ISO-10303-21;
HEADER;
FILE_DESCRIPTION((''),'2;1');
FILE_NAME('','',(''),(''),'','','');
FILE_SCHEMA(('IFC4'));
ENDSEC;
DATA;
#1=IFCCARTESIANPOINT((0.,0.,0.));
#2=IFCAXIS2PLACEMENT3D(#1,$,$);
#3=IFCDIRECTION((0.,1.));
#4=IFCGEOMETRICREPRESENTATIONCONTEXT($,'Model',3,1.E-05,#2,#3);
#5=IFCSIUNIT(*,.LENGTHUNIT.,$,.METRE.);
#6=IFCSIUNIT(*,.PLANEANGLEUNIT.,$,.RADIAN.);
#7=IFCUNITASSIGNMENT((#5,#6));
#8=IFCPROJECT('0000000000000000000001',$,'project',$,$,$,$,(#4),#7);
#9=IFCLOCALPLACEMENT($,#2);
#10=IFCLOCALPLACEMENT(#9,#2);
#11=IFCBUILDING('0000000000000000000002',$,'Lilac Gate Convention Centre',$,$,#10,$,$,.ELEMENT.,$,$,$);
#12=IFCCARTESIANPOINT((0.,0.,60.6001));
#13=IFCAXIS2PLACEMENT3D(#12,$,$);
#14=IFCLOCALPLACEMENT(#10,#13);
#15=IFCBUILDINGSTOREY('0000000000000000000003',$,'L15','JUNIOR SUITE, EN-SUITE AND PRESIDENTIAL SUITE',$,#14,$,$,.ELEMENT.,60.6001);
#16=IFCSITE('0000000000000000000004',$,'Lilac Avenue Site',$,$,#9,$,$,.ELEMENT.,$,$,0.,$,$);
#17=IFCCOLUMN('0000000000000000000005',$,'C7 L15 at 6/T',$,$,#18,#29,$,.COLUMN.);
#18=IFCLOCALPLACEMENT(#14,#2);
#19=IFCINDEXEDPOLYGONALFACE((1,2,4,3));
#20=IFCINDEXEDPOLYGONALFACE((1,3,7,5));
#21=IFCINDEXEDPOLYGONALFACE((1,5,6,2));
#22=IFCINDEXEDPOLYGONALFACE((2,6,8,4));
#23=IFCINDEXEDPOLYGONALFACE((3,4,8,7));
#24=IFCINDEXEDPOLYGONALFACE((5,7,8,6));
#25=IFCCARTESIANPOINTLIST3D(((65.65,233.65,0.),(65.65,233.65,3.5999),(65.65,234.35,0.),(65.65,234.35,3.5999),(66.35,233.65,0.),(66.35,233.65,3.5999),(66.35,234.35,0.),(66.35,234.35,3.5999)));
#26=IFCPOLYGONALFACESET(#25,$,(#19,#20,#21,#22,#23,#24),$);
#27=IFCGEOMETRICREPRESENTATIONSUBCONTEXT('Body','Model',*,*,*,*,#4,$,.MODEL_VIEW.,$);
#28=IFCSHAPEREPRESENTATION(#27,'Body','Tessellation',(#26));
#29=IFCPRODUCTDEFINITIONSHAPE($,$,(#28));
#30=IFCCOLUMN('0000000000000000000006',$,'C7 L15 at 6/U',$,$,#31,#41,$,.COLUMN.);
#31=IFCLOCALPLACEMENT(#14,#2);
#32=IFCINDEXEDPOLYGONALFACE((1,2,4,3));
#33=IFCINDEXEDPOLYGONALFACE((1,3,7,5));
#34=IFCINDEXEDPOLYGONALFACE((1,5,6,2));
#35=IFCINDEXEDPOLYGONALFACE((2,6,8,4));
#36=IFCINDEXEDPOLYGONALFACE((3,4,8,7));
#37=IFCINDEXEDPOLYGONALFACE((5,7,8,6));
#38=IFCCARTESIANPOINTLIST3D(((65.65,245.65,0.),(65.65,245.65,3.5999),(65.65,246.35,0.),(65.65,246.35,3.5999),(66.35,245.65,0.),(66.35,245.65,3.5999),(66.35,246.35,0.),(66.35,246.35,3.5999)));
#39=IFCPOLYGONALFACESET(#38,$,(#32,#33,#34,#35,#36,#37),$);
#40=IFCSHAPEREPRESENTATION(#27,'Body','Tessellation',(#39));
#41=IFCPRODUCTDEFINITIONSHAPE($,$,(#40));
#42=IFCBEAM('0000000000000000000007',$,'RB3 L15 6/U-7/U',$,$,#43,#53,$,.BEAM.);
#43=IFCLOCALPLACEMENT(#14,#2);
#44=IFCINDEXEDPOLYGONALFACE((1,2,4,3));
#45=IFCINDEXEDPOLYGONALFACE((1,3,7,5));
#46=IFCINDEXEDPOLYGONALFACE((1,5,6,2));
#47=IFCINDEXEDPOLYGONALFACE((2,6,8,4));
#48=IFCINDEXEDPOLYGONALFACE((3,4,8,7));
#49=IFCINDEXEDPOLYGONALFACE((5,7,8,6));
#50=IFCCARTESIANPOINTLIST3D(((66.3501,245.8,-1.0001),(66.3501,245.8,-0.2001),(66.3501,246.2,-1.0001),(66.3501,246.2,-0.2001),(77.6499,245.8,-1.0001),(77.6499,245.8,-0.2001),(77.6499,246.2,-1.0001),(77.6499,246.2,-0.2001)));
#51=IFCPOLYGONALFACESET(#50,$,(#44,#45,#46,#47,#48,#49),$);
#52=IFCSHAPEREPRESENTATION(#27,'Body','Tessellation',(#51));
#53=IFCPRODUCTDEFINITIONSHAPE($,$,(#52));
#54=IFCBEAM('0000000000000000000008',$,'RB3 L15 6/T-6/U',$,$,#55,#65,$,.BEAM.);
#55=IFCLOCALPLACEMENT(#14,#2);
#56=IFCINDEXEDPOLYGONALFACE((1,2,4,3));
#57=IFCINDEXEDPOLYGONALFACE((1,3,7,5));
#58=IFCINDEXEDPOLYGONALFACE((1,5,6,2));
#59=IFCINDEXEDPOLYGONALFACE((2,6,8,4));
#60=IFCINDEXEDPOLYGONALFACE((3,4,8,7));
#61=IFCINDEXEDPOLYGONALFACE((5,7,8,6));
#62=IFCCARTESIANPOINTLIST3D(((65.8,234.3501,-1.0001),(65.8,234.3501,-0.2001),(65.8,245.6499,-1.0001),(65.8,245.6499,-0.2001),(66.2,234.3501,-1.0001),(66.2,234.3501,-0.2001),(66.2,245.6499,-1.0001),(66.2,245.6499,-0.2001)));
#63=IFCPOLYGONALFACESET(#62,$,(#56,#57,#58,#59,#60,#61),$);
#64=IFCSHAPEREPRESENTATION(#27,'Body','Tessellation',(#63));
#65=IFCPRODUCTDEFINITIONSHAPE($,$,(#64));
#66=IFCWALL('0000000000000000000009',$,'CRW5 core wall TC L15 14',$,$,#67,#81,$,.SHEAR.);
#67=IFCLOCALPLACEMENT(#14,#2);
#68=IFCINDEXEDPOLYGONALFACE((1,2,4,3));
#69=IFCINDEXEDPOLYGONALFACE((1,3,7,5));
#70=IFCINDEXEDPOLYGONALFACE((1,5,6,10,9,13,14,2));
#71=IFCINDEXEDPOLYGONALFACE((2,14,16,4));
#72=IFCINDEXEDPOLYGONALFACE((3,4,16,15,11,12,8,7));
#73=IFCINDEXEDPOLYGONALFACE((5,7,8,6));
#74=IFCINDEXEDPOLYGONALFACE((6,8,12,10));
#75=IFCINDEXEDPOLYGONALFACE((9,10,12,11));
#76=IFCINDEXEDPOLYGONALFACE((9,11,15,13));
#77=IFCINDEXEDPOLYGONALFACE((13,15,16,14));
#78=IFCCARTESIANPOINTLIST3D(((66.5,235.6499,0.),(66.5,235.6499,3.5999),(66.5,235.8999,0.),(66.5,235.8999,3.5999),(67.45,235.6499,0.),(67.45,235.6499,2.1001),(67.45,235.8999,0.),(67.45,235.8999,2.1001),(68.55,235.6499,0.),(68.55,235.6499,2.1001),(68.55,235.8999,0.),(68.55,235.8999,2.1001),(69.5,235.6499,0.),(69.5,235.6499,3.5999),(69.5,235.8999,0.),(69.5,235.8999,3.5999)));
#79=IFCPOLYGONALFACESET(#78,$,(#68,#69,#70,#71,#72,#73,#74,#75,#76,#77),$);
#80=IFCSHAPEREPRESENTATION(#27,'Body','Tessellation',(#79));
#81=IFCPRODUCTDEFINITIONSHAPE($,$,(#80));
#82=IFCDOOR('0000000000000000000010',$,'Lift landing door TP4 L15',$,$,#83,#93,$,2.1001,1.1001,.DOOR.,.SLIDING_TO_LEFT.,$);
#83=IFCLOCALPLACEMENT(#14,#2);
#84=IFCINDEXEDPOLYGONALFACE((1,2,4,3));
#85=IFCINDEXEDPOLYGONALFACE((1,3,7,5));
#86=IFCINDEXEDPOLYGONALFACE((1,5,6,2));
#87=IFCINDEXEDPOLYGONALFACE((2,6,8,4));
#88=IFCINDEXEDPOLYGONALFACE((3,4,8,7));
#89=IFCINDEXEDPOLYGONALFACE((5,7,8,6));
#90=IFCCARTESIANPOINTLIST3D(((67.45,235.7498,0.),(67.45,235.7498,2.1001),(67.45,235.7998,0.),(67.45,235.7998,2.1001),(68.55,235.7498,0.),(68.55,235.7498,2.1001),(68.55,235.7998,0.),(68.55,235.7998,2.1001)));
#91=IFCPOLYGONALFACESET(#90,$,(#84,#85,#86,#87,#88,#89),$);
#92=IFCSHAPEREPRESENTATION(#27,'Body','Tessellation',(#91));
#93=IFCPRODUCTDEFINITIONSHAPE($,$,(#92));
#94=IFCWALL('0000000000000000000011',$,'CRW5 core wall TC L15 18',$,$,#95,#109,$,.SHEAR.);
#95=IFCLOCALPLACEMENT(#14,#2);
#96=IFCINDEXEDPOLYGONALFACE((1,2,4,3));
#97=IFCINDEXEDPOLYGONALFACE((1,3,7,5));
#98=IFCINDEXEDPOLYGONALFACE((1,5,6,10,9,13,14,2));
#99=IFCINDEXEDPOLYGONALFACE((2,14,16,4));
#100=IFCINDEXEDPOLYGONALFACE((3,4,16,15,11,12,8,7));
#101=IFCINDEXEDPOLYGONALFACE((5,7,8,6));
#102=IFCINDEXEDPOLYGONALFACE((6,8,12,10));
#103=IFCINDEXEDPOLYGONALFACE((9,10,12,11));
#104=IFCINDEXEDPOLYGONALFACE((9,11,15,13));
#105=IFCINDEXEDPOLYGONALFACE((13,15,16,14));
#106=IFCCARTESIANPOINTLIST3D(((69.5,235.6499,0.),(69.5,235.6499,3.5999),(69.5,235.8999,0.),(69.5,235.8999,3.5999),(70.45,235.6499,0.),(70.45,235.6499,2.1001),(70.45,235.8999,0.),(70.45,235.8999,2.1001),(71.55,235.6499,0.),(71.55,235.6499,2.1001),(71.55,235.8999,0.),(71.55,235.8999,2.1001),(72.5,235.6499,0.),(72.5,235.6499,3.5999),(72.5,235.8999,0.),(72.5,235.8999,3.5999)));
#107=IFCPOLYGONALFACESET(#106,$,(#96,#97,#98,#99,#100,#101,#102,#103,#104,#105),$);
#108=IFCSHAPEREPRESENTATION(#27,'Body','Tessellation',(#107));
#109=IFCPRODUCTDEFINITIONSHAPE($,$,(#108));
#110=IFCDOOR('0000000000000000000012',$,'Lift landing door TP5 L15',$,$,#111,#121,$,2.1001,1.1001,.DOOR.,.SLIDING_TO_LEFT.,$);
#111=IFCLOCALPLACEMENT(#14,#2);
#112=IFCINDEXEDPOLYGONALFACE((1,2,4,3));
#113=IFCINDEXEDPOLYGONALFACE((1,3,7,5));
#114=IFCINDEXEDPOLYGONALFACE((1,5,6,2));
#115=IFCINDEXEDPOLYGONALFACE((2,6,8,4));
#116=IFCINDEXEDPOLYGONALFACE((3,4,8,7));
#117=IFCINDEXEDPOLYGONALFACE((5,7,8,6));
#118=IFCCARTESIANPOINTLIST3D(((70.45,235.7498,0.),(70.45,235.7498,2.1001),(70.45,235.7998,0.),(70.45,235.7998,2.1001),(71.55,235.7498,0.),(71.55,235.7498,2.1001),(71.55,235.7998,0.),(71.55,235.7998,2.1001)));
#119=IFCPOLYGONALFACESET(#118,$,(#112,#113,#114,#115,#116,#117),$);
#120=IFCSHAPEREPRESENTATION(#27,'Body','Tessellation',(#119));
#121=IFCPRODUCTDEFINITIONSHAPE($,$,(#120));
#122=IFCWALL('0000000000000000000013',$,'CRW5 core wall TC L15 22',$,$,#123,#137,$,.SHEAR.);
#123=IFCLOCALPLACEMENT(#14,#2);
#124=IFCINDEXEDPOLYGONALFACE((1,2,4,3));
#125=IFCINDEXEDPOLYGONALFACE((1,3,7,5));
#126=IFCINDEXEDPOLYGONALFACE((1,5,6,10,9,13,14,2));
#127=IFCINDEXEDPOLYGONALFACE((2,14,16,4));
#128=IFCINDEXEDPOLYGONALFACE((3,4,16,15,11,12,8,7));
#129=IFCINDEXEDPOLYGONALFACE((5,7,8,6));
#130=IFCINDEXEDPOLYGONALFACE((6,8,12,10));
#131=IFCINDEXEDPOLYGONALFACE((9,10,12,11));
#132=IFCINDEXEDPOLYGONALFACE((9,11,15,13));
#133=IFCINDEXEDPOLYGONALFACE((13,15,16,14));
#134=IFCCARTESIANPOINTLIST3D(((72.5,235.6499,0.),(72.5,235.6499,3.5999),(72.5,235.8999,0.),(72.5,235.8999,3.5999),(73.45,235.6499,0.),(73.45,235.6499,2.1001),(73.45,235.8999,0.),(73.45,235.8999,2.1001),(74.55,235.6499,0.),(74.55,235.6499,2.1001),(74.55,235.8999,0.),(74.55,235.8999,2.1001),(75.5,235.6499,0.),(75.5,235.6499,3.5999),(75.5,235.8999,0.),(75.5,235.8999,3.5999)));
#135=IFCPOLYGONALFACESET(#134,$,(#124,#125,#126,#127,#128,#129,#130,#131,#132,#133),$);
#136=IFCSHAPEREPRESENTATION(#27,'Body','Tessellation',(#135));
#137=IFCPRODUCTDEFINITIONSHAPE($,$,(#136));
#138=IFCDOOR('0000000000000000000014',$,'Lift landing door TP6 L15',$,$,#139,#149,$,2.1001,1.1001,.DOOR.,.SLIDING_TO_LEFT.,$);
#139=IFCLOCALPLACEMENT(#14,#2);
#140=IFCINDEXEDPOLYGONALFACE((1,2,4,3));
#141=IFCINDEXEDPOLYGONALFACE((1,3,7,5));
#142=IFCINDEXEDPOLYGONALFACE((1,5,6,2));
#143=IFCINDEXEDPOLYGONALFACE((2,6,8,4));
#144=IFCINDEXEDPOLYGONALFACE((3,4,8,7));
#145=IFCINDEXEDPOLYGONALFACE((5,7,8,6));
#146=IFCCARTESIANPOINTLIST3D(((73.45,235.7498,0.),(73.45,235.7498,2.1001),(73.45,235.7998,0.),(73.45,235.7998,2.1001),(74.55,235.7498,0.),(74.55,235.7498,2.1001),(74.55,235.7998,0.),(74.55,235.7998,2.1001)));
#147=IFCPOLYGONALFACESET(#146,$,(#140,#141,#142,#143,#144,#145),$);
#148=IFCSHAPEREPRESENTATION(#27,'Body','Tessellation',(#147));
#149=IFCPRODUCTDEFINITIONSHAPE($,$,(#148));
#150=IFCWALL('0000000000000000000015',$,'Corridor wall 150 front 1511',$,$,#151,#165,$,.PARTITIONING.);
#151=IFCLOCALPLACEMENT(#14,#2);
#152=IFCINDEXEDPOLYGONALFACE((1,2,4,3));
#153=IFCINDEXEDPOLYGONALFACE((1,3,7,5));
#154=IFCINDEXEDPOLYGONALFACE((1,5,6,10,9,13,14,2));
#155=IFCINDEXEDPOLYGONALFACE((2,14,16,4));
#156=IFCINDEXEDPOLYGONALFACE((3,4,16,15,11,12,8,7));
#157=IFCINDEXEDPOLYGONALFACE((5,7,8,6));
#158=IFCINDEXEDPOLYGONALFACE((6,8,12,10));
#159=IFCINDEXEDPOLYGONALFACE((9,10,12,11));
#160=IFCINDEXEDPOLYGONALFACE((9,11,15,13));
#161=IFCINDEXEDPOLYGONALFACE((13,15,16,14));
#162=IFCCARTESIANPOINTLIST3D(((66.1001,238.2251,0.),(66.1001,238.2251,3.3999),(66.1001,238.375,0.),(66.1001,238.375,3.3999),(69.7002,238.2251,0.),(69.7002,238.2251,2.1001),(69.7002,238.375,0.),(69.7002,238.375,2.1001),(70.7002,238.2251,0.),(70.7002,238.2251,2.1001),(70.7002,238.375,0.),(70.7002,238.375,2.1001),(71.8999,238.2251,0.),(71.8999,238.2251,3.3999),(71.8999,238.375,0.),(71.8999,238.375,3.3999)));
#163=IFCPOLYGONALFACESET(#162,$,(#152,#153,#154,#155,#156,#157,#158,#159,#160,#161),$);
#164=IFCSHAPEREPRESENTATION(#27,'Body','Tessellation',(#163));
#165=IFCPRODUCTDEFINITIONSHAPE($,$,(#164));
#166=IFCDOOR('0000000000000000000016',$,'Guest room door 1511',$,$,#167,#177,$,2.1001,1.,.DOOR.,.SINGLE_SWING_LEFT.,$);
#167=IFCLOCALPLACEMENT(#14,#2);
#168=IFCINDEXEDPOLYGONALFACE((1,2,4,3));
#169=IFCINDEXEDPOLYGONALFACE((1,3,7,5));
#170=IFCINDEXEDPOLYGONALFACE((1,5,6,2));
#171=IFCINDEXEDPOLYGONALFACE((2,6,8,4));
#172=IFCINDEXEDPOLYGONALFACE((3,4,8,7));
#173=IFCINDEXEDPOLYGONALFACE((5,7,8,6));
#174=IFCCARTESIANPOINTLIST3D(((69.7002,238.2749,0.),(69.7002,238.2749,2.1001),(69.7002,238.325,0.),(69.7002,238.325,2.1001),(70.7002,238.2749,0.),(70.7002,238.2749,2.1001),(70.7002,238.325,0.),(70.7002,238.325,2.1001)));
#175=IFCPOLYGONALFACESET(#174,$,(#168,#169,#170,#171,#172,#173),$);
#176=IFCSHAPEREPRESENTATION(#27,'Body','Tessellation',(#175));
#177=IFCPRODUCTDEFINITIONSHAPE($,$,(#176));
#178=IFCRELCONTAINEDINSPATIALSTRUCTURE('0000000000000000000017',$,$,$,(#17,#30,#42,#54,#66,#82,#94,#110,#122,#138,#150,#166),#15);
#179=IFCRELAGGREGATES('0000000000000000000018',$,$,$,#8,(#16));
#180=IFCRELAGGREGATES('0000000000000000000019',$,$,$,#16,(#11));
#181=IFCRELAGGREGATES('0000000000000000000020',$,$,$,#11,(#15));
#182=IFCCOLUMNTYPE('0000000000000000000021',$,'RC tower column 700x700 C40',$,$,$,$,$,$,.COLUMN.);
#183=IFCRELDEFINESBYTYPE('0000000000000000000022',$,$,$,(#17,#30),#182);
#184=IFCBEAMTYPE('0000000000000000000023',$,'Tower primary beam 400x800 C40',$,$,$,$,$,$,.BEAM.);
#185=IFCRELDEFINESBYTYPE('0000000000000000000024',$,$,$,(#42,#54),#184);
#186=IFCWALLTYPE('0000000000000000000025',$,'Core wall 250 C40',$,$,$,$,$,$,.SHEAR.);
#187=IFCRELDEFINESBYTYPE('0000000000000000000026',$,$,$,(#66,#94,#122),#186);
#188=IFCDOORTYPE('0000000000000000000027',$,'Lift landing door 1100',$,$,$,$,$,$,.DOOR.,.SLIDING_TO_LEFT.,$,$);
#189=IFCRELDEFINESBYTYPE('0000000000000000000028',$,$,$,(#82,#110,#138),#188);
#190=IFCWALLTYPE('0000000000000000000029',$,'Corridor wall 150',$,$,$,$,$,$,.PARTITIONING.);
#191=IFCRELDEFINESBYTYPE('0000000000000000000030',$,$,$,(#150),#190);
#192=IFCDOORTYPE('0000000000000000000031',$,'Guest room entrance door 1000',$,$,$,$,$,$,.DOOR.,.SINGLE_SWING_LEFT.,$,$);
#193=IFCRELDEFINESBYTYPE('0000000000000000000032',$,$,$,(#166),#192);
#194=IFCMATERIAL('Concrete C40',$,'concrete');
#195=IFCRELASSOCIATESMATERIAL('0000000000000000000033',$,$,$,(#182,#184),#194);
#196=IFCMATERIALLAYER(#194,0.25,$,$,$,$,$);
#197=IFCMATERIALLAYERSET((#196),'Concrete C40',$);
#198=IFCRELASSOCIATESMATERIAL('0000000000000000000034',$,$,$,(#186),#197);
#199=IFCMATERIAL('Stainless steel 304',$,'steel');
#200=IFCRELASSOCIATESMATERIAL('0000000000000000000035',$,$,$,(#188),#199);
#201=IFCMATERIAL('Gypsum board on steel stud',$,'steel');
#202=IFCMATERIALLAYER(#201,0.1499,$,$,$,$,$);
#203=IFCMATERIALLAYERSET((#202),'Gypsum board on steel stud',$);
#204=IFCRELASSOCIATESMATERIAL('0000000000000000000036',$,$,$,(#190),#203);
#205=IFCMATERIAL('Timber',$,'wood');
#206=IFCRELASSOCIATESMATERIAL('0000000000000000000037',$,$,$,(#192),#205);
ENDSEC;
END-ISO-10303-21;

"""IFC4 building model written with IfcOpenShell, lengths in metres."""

from ifc_helpers import new_model, si_unit, direction, frame, frame_2d, origin, origin_2d, place, context, subcontext, project, spatial, rectangle, extrude, material, layer, layer_set, material_profile, profile_set, type_object, element, fill, save


model = new_model("IFC4")

# Units and contexts
model_context = context("Model", 3, precision=1e-05, world=origin(), true_north=direction((0.0, 1.0)))
body_context = subcontext(model_context, "Body", "Model", "MODEL_VIEW")
ifc_project = project(units=[si_unit("LENGTHUNIT", "METRE"), si_unit("PLANEANGLEUNIT", "RADIAN")], contexts=[model_context])

# Site, building, storey
site_placement = place(None, origin())
site = spatial("IfcSite", under=ifc_project, at=site_placement, Name="Lilac Avenue Site", CompositionType="ELEMENT", RefElevation=0.0)
building_placement = place(site_placement, origin())
building = spatial("IfcBuilding", under=site, at=building_placement, Name="Lilac Gate Convention Centre", CompositionType="ELEMENT")
storey_placement = place(building_placement, frame((0.0, 0.0, 60.6001)))
storey = spatial("IfcBuildingStorey", under=building, at=storey_placement, Name="L15", Description="JUNIOR SUITE, EN-SUITE AND PRESIDENTIAL SUITE", CompositionType="ELEMENT", Elevation=60.6001)

# Columns
ifc_material_1 = material(Name="Concrete C40", Category="concrete")
ifc_material_profile_1 = material_profile(ifc_material_1, rectangle(XDim=0.7, YDim=0.7, at=origin_2d()), Name="RC 700x700")
ifc_profile_set_1 = profile_set([ifc_material_profile_1], Name="Concrete C40")
column_type = type_object("IfcColumnType", Name="RC tower column 700x700 C40", PredefinedType="COLUMN", material=ifc_profile_set_1)
for number, where, z_axis, x_axis, name in (
    (1, (66.0, 234.0, 0.0), (0.0, 0.0, 1.0), (1.0, 0.0, 0.0), "C7 L15 at 6/T"),
    (2, (66.0, 246.0, 0.0), (0.0, 0.0, 1.0), (1.0, 0.0, 0.0), "C7 L15 at 6/U"),
):
    element("IfcColumn", number, at=place(storey_placement, frame(where, z_axis=z_axis, x_axis=x_axis)), inside=storey, type_object=column_type, Name=name, PredefinedType="COLUMN", context=body_context, shape_type="SweptSolid", body=[
        extrude(rectangle(XDim=0.7, YDim=0.7, at=origin_2d()), origin(), (0.0, 0.0, 1.0), 3.5999),
    ])

# Beams
ifc_material_profile_2 = material_profile(ifc_material_1, rectangle(XDim=0.3999, YDim=0.8, at=origin_2d()), Name="RC 400x800")
ifc_profile_set_2 = profile_set([ifc_material_profile_2], Name="Concrete C40")
beam_type = type_object("IfcBeamType", Name="Tower primary beam 400x800 C40", PredefinedType="BEAM", material=ifc_profile_set_2)
for number, where, z_axis, x_axis, name in (
    (3, (66.3501, 246.0, -0.6001), (1.0, 0.0, 0.0), (0.0, 1.0, 0.0), "RB3 L15 6/U-7/U"),
    (4, (66.0, 234.3501, -0.6001), (0.0, 1.0, 0.0), (-1.0, 0.0, 0.0), "RB3 L15 6/T-6/U"),
):
    element("IfcBeam", number, at=place(storey_placement, frame(where, z_axis=z_axis, x_axis=x_axis)), inside=storey, type_object=beam_type, Name=name, PredefinedType="BEAM", context=body_context, shape_type="SweptSolid", body=[
        extrude(rectangle(XDim=0.3999, YDim=0.8, at=origin_2d()), origin(), (0.0, 0.0, 1.0), 11.2998),
    ])

# Walls, openings, doors
ifc_layer_1 = layer(ifc_material_1, 0.25)
ifc_layer_set_1 = layer_set([ifc_layer_1], Name="Concrete C40")
wall_type_1 = type_object("IfcWallType", Name="Core wall 250 C40", PredefinedType="SHEAR", material=ifc_layer_set_1)
wall_1_placement = place(storey_placement, frame((66.5, 235.7749, 0.0), z_axis=(0.0, 0.0, 1.0), x_axis=(1.0, 0.0, 0.0)))
wall_1 = element("IfcWall", 5, at=wall_1_placement, inside=storey, type_object=wall_type_1, Name="CRW5 core wall TC L15 14", PredefinedType="SHEAR", context=body_context, shape_type="SweptSolid", body=[
    extrude(rectangle(XDim=3.0, YDim=0.25, at=frame_2d((1.5, 0.0))), origin(), (0.0, 0.0, 1.0), 3.5999),
])
opening_1_placement = place(wall_1_placement, frame((0.95, 0.0, 0.0)))
opening_1 = element("IfcOpeningElement", 6, at=opening_1_placement, cuts=wall_1, PredefinedType="OPENING", context=body_context, shape_type="SweptSolid", body=[
    extrude(rectangle(XDim=1.1001, YDim=2.1001, at=frame_2d((0.55, 1.05))), frame((0.0, 0.135, 0.0), z_axis=(0.0, -1.0, 0.0), x_axis=(1.0, 0.0, 0.0)), (0.0, 0.0, 1.0), 0.27),
])
ifc_material_2 = material(Name="Stainless steel 304", Category="steel")
door_type_1 = type_object("IfcDoorType", Name="Lift landing door 1100", OperationType="SLIDING_TO_LEFT", PredefinedType="DOOR", material=ifc_material_2)
door_1_placement = place(opening_1_placement, origin())
door_1 = element("IfcDoor", 7, at=door_1_placement, inside=storey, type_object=door_type_1, Name="Lift landing door TP4 L15", OperationType="SLIDING_TO_LEFT", OverallHeight=2.1001, OverallWidth=1.1001, PredefinedType="DOOR", context=body_context, shape_type="SweptSolid", body=[
    extrude(rectangle(XDim=1.1001, YDim=2.1001, at=frame_2d((0.55, 1.05))), frame((0.0, 0.0249, 0.0), z_axis=(0.0, -1.0, 0.0), x_axis=(1.0, 0.0, 0.0)), (0.0, 0.0, 1.0), 0.05),
])
fill(opening_1, door_1)
wall_2_placement = place(storey_placement, frame((69.5, 235.7749, 0.0), z_axis=(0.0, 0.0, 1.0), x_axis=(1.0, 0.0, 0.0)))
wall_2 = element("IfcWall", 8, at=wall_2_placement, inside=storey, type_object=wall_type_1, Name="CRW5 core wall TC L15 18", PredefinedType="SHEAR", context=body_context, shape_type="SweptSolid", body=[
    extrude(rectangle(XDim=3.0, YDim=0.25, at=frame_2d((1.5, 0.0))), origin(), (0.0, 0.0, 1.0), 3.5999),
])
opening_2_placement = place(wall_2_placement, frame((0.95, 0.0, 0.0)))
opening_2 = element("IfcOpeningElement", 9, at=opening_2_placement, cuts=wall_2, PredefinedType="OPENING", context=body_context, shape_type="SweptSolid", body=[
    extrude(rectangle(XDim=1.1001, YDim=2.1001, at=frame_2d((0.55, 1.05))), frame((0.0, 0.135, 0.0), z_axis=(0.0, -1.0, 0.0), x_axis=(1.0, 0.0, 0.0)), (0.0, 0.0, 1.0), 0.27),
])
door_2_placement = place(opening_2_placement, origin())
door_2 = element("IfcDoor", 10, at=door_2_placement, inside=storey, type_object=door_type_1, Name="Lift landing door TP5 L15", OperationType="SLIDING_TO_LEFT", OverallHeight=2.1001, OverallWidth=1.1001, PredefinedType="DOOR", context=body_context, shape_type="SweptSolid", body=[
    extrude(rectangle(XDim=1.1001, YDim=2.1001, at=frame_2d((0.55, 1.05))), frame((0.0, 0.0249, 0.0), z_axis=(0.0, -1.0, 0.0), x_axis=(1.0, 0.0, 0.0)), (0.0, 0.0, 1.0), 0.05),
])
fill(opening_2, door_2)
wall_3_placement = place(storey_placement, frame((72.5, 235.7749, 0.0), z_axis=(0.0, 0.0, 1.0), x_axis=(1.0, 0.0, 0.0)))
wall_3 = element("IfcWall", 11, at=wall_3_placement, inside=storey, type_object=wall_type_1, Name="CRW5 core wall TC L15 22", PredefinedType="SHEAR", context=body_context, shape_type="SweptSolid", body=[
    extrude(rectangle(XDim=3.0, YDim=0.25, at=frame_2d((1.5, 0.0))), origin(), (0.0, 0.0, 1.0), 3.5999),
])
opening_3_placement = place(wall_3_placement, frame((0.95, 0.0, 0.0)))
opening_3 = element("IfcOpeningElement", 12, at=opening_3_placement, cuts=wall_3, PredefinedType="OPENING", context=body_context, shape_type="SweptSolid", body=[
    extrude(rectangle(XDim=1.1001, YDim=2.1001, at=frame_2d((0.55, 1.05))), frame((0.0, 0.135, 0.0), z_axis=(0.0, -1.0, 0.0), x_axis=(1.0, 0.0, 0.0)), (0.0, 0.0, 1.0), 0.27),
])
door_3_placement = place(opening_3_placement, origin())
door_3 = element("IfcDoor", 13, at=door_3_placement, inside=storey, type_object=door_type_1, Name="Lift landing door TP6 L15", OperationType="SLIDING_TO_LEFT", OverallHeight=2.1001, OverallWidth=1.1001, PredefinedType="DOOR", context=body_context, shape_type="SweptSolid", body=[
    extrude(rectangle(XDim=1.1001, YDim=2.1001, at=frame_2d((0.55, 1.05))), frame((0.0, 0.0249, 0.0), z_axis=(0.0, -1.0, 0.0), x_axis=(1.0, 0.0, 0.0)), (0.0, 0.0, 1.0), 0.05),
])
fill(opening_3, door_3)
ifc_material_3 = material(Name="Gypsum board on steel stud", Category="steel")
ifc_layer_2 = layer(ifc_material_3, 0.1499)
ifc_layer_set_2 = layer_set([ifc_layer_2], Name="Gypsum board on steel stud")
wall_type_2 = type_object("IfcWallType", Name="Corridor wall 150", PredefinedType="PARTITIONING", material=ifc_layer_set_2)
wall_4_placement = place(storey_placement, frame((66.1001, 238.3, 0.0), z_axis=(0.0, 0.0, 1.0), x_axis=(1.0, 0.0, 0.0)))
wall_4 = element("IfcWall", 14, at=wall_4_placement, inside=storey, type_object=wall_type_2, Name="Corridor wall 150 front 1511", PredefinedType="PARTITIONING", context=body_context, shape_type="SweptSolid", body=[
    extrude(rectangle(XDim=5.7998, YDim=0.1499, at=frame_2d((2.8999, 0.0))), origin(), (0.0, 0.0, 1.0), 3.3999),
])
opening_4_placement = place(wall_4_placement, frame((3.6001, 0.0, 0.0)))
opening_4 = element("IfcOpeningElement", 15, at=opening_4_placement, cuts=wall_4, PredefinedType="OPENING", context=body_context, shape_type="SweptSolid", body=[
    extrude(rectangle(XDim=1.0, YDim=2.1001, at=frame_2d((0.5, 1.05))), frame((0.0, 0.085, 0.0), z_axis=(0.0, -1.0, 0.0), x_axis=(1.0, 0.0, 0.0)), (0.0, 0.0, 1.0), 0.1699),
])
ifc_material_4 = material(Name="Timber", Category="wood")
door_type_2 = type_object("IfcDoorType", Name="Guest room entrance door 1000", OperationType="SINGLE_SWING_LEFT", PredefinedType="DOOR", material=ifc_material_4)
door_4_placement = place(opening_4_placement, origin())
door_4 = element("IfcDoor", 16, at=door_4_placement, inside=storey, type_object=door_type_2, Name="Guest room door 1511", OperationType="SINGLE_SWING_LEFT", OverallHeight=2.1001, OverallWidth=1.0, PredefinedType="DOOR", context=body_context, shape_type="SweptSolid", body=[
    extrude(rectangle(XDim=1.0, YDim=2.1001, at=frame_2d((0.5, 1.05))), frame((0.0, 0.0249, 0.0), z_axis=(0.0, -1.0, 0.0), x_axis=(1.0, 0.0, 0.0)), (0.0, 0.0, 1.0), 0.05),
])
fill(opening_4, door_4)

save(model, "model.ifc")
